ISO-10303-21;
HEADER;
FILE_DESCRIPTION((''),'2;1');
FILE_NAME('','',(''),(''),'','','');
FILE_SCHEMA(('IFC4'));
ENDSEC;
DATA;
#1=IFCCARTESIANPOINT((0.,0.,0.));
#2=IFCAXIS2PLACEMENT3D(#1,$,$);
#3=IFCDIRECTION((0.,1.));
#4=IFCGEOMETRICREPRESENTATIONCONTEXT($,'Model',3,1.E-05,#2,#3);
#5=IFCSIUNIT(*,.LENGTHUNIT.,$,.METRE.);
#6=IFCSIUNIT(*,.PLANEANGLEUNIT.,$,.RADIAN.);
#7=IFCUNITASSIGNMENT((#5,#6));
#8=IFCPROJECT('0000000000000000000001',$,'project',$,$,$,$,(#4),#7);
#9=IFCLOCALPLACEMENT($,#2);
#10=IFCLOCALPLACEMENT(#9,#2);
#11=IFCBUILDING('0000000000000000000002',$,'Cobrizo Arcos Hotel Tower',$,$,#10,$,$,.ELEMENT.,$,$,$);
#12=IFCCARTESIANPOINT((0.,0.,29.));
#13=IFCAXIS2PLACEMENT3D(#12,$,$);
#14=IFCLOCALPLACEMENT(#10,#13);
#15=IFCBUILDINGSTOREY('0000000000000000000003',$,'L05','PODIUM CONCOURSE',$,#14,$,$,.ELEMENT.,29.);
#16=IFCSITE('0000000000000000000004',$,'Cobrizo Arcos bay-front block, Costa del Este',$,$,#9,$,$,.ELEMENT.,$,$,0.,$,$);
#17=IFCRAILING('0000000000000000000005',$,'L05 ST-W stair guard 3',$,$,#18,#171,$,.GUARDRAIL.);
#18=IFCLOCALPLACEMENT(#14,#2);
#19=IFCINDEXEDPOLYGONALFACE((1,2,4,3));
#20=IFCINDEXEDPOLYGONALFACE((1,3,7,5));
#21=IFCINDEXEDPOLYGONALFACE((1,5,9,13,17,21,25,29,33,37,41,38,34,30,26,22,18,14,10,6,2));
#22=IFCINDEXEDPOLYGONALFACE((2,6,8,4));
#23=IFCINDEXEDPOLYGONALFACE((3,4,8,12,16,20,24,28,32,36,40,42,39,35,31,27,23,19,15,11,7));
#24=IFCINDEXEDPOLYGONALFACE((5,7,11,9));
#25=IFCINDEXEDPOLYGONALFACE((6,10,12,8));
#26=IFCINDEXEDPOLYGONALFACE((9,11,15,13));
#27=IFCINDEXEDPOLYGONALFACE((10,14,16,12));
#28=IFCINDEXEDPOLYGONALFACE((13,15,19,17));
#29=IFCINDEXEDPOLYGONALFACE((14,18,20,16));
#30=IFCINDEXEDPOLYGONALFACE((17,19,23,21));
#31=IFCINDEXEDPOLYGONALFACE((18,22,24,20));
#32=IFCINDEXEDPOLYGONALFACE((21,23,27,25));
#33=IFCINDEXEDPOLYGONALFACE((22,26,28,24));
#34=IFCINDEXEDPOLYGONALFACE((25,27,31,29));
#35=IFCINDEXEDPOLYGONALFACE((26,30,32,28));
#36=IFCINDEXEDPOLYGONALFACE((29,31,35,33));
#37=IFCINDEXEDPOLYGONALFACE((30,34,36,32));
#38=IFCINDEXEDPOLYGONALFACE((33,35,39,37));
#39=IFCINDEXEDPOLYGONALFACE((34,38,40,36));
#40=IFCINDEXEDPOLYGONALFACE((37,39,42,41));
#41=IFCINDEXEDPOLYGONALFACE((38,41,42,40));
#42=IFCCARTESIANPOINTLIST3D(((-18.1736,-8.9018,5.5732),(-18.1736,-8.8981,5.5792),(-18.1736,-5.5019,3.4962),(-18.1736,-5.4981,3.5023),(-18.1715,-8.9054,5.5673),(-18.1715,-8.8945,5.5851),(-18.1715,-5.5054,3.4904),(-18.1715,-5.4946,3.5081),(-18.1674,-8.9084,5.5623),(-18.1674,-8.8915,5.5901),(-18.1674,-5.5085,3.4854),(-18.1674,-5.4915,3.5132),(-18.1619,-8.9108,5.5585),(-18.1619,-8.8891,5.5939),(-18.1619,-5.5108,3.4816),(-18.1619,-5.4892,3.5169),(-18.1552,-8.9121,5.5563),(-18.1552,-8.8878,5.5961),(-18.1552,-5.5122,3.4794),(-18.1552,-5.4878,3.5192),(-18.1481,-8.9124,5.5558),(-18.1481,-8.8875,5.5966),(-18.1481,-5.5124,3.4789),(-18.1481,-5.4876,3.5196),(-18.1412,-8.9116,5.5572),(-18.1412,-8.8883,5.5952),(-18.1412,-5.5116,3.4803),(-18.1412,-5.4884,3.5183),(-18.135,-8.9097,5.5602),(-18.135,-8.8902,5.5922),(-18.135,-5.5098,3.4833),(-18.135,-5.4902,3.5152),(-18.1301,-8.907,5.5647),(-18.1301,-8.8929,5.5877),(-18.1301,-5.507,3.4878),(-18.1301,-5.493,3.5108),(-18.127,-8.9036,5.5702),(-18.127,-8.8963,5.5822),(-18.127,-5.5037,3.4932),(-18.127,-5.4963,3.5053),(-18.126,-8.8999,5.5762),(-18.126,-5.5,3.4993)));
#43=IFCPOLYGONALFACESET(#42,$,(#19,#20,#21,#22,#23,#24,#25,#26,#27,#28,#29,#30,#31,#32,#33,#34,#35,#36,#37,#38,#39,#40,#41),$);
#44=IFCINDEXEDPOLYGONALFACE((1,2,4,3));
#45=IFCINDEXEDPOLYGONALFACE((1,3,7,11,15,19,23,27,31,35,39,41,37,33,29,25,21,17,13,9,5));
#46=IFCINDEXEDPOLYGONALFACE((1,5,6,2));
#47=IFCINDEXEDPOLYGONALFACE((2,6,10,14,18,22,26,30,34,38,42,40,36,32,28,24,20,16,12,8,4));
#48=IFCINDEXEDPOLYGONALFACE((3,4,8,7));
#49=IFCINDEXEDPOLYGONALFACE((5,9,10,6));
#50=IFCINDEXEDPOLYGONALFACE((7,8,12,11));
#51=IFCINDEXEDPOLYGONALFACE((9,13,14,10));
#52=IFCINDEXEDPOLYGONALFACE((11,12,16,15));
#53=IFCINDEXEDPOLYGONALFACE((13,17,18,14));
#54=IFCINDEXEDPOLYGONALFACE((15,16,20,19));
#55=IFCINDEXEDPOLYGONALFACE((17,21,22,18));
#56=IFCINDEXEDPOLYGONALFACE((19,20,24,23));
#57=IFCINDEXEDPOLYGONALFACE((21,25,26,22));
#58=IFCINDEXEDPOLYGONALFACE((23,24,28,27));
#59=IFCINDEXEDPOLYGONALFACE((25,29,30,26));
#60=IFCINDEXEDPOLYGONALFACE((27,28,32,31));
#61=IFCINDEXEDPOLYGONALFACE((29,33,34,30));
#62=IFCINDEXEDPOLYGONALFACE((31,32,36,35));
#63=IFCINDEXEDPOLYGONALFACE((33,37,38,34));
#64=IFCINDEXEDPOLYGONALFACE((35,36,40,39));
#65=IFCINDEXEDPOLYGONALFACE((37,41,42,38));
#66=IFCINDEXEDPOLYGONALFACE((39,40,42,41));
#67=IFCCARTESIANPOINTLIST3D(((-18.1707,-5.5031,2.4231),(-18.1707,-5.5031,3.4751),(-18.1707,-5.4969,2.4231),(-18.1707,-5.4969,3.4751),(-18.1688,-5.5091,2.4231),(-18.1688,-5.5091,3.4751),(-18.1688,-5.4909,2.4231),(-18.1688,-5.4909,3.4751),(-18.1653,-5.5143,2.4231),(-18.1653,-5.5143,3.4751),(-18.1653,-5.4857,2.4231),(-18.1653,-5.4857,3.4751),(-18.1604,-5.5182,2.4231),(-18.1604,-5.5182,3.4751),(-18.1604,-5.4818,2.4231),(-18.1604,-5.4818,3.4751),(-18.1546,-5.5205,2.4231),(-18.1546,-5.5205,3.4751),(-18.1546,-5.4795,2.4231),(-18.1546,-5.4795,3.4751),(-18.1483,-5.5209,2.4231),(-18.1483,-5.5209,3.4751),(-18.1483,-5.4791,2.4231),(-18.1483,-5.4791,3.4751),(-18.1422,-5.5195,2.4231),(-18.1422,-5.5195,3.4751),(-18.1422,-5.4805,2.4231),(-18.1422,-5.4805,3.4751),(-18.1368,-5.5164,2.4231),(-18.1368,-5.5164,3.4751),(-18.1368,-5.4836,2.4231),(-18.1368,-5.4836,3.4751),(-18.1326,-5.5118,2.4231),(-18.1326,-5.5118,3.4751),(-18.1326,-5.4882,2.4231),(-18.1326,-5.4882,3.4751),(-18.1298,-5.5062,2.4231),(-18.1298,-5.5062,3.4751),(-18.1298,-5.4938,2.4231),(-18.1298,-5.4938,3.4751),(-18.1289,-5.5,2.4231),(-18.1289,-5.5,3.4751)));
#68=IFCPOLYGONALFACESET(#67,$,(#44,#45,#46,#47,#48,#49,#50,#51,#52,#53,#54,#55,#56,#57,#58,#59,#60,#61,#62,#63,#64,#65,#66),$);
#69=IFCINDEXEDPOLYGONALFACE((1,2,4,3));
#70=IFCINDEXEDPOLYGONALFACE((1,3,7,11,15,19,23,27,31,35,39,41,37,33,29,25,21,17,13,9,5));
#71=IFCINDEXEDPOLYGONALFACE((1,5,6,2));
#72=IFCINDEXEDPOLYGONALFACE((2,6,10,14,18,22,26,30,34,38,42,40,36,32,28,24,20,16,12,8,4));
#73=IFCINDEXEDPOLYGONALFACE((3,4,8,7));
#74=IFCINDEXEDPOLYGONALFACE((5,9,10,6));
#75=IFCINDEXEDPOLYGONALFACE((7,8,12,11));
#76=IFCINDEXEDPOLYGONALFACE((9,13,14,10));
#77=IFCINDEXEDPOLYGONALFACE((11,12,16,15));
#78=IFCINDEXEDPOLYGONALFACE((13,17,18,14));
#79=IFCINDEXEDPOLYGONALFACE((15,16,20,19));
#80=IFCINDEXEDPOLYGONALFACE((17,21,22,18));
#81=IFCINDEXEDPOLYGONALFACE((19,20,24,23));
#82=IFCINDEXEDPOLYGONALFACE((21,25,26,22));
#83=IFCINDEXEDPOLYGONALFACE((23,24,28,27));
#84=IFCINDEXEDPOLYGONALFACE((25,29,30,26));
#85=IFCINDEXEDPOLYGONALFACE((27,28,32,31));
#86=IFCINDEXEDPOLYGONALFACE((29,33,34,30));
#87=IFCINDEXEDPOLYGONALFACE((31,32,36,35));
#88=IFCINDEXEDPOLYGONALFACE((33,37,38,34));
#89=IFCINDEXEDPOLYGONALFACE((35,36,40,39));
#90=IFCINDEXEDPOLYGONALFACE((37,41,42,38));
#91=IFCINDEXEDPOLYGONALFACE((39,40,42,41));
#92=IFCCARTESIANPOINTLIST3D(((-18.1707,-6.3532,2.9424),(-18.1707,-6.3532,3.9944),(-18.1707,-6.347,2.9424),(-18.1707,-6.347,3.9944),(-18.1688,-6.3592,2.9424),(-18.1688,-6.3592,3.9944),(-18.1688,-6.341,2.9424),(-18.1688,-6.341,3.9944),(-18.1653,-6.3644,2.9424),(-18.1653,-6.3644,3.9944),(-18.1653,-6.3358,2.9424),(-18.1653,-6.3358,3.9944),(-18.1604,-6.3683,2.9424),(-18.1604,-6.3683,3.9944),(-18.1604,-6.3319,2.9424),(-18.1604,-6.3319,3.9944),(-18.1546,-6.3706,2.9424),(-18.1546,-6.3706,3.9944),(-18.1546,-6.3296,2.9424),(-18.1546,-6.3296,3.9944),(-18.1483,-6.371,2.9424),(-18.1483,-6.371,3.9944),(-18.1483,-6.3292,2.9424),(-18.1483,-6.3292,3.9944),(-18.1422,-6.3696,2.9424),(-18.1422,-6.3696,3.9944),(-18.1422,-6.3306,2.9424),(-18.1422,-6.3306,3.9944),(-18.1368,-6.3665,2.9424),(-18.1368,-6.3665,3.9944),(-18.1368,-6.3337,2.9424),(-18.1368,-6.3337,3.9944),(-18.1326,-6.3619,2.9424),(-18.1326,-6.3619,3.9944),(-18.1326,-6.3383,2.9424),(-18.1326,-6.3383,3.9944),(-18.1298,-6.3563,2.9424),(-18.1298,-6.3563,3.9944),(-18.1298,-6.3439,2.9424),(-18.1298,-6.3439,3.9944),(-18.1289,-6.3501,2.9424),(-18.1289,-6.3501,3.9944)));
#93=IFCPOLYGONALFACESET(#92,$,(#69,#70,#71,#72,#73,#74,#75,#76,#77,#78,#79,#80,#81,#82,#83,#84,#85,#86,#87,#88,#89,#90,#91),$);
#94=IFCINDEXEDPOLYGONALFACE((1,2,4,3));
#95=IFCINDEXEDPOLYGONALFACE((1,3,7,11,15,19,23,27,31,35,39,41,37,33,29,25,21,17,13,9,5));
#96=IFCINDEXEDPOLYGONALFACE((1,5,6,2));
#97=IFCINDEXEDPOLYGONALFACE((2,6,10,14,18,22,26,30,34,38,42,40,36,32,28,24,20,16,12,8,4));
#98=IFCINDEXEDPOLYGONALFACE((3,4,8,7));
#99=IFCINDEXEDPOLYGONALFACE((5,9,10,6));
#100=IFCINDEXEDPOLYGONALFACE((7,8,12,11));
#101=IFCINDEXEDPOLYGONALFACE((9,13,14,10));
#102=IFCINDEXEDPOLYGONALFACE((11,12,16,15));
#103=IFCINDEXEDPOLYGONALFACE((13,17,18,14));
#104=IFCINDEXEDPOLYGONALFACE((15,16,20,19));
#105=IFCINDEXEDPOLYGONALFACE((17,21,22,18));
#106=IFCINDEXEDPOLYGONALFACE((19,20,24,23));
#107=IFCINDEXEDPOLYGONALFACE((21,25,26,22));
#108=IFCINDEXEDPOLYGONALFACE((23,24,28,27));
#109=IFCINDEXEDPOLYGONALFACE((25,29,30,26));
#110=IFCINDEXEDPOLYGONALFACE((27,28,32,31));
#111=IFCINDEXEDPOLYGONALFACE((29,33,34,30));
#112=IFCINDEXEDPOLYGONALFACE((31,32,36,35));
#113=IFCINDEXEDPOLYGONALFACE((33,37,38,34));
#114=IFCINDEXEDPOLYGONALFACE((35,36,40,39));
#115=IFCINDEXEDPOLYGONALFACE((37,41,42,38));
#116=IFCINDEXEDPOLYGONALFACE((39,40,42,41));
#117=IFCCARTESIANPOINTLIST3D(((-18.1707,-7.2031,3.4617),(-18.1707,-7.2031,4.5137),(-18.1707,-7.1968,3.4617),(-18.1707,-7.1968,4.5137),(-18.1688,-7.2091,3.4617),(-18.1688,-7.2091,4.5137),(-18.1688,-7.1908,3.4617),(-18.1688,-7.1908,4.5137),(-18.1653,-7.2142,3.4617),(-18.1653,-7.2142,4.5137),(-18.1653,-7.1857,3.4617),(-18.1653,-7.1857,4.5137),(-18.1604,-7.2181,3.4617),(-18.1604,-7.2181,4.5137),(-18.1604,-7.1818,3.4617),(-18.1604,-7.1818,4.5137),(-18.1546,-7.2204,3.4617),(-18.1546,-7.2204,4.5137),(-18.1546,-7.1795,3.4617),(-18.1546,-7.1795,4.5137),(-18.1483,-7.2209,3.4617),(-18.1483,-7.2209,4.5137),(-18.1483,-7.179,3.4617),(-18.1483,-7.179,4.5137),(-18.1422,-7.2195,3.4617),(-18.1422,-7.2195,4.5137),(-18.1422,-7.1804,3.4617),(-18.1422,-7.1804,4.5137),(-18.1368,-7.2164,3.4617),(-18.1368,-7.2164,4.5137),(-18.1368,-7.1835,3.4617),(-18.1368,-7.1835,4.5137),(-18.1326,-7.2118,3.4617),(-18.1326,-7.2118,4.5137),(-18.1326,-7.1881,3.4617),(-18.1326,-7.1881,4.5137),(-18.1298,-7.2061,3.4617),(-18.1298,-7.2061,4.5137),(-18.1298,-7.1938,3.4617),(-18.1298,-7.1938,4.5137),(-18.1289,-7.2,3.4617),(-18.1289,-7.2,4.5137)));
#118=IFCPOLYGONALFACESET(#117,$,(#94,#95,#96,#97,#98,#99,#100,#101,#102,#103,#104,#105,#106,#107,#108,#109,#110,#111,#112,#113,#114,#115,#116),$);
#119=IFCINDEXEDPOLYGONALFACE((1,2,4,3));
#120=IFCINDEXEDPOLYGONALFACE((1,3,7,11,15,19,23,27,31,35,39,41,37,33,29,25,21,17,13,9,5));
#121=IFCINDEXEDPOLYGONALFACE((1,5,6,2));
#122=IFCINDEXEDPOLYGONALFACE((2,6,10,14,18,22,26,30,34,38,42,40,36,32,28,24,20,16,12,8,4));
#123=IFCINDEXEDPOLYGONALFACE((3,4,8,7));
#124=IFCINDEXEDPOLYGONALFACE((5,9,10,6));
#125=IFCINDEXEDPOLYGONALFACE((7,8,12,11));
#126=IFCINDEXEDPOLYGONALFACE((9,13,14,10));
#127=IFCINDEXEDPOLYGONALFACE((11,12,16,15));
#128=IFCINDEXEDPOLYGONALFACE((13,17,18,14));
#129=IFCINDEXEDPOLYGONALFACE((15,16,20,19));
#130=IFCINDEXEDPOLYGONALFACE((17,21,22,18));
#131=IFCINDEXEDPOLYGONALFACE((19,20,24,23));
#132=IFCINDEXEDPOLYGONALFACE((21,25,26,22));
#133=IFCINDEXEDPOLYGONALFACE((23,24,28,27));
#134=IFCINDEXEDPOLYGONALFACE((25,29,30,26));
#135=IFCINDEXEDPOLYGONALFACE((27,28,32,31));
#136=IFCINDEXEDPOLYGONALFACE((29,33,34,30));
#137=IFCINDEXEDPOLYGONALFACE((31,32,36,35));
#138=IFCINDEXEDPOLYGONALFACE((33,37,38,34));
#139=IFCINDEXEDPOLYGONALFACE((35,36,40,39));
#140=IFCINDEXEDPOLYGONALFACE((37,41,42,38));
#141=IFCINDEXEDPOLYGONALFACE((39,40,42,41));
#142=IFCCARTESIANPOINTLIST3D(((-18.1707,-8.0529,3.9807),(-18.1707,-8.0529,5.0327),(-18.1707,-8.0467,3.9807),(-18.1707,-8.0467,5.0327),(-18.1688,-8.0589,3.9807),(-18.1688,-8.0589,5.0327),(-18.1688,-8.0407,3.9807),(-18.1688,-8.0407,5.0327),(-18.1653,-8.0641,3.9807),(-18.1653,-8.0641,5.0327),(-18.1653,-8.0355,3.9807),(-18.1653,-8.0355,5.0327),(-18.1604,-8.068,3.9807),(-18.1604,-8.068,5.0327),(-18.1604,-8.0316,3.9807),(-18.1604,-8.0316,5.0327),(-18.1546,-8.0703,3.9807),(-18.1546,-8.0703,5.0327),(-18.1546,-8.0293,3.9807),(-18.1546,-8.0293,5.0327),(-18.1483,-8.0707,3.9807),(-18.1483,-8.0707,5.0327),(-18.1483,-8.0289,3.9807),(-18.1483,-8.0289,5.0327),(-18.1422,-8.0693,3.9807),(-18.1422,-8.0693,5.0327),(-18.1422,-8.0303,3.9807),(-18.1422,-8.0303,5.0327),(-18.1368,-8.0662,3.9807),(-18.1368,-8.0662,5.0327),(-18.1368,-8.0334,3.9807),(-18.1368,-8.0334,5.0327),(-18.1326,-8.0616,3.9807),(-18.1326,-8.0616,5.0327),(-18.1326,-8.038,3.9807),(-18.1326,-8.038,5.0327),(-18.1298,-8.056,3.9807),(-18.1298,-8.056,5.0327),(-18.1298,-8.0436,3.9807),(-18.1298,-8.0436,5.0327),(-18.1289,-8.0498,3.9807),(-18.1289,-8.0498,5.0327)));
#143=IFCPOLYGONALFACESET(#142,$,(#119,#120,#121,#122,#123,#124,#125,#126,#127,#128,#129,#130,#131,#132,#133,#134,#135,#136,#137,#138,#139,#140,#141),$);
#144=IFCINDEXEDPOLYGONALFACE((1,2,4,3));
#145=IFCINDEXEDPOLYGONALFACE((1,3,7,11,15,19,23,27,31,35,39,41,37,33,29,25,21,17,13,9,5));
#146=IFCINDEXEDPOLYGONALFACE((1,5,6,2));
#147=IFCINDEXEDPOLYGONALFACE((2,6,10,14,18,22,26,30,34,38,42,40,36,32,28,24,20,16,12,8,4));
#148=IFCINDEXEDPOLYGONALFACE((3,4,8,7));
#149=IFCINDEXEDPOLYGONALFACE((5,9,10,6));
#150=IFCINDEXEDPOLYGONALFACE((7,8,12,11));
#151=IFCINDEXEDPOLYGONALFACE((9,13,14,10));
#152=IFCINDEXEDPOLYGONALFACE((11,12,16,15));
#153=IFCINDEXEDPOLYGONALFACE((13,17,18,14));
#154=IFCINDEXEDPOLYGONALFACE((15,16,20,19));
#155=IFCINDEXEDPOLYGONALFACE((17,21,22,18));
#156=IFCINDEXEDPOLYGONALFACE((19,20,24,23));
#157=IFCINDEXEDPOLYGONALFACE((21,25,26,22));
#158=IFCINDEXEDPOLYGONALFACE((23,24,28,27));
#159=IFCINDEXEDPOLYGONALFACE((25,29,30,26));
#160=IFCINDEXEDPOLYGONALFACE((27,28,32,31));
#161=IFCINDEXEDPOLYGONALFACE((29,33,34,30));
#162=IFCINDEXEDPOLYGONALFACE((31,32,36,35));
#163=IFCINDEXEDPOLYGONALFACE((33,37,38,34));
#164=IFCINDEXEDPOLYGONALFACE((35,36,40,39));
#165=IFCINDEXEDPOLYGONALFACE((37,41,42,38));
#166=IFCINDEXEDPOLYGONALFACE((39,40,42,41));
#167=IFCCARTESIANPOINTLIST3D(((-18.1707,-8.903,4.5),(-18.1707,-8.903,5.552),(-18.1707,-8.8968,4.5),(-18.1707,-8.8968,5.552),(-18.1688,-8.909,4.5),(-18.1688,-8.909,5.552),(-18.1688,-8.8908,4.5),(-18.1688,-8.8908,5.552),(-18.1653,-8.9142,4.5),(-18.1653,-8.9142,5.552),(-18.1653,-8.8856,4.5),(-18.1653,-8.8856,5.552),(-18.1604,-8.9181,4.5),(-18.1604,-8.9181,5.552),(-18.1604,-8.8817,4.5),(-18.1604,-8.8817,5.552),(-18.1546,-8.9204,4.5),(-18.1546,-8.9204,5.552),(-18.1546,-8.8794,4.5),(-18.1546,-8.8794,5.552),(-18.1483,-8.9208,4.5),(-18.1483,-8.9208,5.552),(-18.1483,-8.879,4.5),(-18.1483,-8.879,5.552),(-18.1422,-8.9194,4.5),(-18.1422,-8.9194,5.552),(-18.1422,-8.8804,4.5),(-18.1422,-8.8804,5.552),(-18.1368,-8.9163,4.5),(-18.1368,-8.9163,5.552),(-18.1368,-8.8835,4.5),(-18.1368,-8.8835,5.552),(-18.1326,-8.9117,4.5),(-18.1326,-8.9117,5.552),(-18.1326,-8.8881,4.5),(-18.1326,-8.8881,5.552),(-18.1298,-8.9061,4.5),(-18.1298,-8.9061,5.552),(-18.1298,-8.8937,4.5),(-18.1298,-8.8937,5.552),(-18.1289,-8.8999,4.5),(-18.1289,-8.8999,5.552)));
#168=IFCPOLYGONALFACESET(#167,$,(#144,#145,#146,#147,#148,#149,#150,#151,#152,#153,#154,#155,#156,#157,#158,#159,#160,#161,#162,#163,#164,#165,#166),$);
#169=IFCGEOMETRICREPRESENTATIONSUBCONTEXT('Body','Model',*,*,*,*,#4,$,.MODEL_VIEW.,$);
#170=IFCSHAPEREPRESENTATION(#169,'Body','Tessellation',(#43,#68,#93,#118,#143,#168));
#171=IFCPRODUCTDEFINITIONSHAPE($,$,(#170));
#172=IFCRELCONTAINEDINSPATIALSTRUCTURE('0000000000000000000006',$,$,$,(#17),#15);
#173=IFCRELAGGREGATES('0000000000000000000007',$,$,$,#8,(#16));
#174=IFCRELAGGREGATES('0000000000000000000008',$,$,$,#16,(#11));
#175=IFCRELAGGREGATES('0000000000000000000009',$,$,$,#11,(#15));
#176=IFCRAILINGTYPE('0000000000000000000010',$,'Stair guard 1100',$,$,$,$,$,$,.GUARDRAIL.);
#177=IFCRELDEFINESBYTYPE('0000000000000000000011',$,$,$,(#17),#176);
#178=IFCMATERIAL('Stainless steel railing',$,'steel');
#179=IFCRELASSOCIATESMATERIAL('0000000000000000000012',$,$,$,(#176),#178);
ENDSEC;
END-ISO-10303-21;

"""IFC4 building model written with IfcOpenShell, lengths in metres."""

from ifc_helpers import new_model, si_unit, direction, frame, origin, origin_2d, place, context, subcontext, project, spatial, circle, extrude, material, type_object, element, save


model = new_model("IFC4")

# Units and contexts
model_context = context("Model", 3, precision=1e-05, world=origin(), true_north=direction((0.0, 1.0)))
body_context = subcontext(model_context, "Body", "Model", "MODEL_VIEW")
ifc_project = project(units=[si_unit("LENGTHUNIT", "METRE"), si_unit("PLANEANGLEUNIT", "RADIAN")], contexts=[model_context])

# Site, building, storey
site_placement = place(None, origin())
site = spatial("IfcSite", under=ifc_project, at=site_placement, Name="Cobrizo Arcos bay-front block, Costa del Este", CompositionType="ELEMENT", RefElevation=0.0)
building_placement = place(site_placement, origin())
building = spatial("IfcBuilding", under=site, at=building_placement, Name="Cobrizo Arcos Hotel Tower", CompositionType="ELEMENT")
storey_placement = place(building_placement, frame((0.0, 0.0, 29.0)))
storey = spatial("IfcBuildingStorey", under=building, at=storey_placement, Name="L05", Description="PODIUM CONCOURSE", CompositionType="ELEMENT", Elevation=29.0)

# Railing
ifc_material_1 = material(Name="Stainless steel railing", Category="steel")
railing_type_1 = type_object("IfcRailingType", Name="Stair guard 1100", PredefinedType="GUARDRAIL", material=ifc_material_1)
railing_1_placement = place(storey_placement, frame((-18.1499, -5.5, 2.4231)))
element("IfcRailing", 1, at=railing_1_placement, inside=storey, type_object=railing_type_1, Name="L05 ST-W stair guard 3", PredefinedType="GUARDRAIL", context=body_context, shape_type="SweptSolid", body=[
    extrude(circle(Radius=0.0239, at=origin_2d()), frame((0.0, 0.0, 1.0762), z_axis=(0.0, -0.853373, 0.521301), x_axis=(1.0, 0.0, 0.0)), (0.0, 0.0, 1.0), 3.9841),
    extrude(circle(Radius=0.021, at=origin_2d()), origin(), (0.0, 0.0, 1.0), 1.052),
    extrude(circle(Radius=0.021, at=origin_2d()), frame((0.0, -0.8501, 0.5193)), (0.0, 0.0, 1.0), 1.052),
    extrude(circle(Radius=0.021, at=origin_2d()), frame((0.0, -1.7, 1.0386)), (0.0, 0.0, 1.0), 1.052),
    extrude(circle(Radius=0.021, at=origin_2d()), frame((0.0, -2.5498, 1.5576)), (0.0, 0.0, 1.0), 1.052),
    extrude(circle(Radius=0.021, at=origin_2d()), frame((0.0, -3.3999, 2.0769)), (0.0, 0.0, 1.0), 1.052),
])

save(model, "model.ifc")
